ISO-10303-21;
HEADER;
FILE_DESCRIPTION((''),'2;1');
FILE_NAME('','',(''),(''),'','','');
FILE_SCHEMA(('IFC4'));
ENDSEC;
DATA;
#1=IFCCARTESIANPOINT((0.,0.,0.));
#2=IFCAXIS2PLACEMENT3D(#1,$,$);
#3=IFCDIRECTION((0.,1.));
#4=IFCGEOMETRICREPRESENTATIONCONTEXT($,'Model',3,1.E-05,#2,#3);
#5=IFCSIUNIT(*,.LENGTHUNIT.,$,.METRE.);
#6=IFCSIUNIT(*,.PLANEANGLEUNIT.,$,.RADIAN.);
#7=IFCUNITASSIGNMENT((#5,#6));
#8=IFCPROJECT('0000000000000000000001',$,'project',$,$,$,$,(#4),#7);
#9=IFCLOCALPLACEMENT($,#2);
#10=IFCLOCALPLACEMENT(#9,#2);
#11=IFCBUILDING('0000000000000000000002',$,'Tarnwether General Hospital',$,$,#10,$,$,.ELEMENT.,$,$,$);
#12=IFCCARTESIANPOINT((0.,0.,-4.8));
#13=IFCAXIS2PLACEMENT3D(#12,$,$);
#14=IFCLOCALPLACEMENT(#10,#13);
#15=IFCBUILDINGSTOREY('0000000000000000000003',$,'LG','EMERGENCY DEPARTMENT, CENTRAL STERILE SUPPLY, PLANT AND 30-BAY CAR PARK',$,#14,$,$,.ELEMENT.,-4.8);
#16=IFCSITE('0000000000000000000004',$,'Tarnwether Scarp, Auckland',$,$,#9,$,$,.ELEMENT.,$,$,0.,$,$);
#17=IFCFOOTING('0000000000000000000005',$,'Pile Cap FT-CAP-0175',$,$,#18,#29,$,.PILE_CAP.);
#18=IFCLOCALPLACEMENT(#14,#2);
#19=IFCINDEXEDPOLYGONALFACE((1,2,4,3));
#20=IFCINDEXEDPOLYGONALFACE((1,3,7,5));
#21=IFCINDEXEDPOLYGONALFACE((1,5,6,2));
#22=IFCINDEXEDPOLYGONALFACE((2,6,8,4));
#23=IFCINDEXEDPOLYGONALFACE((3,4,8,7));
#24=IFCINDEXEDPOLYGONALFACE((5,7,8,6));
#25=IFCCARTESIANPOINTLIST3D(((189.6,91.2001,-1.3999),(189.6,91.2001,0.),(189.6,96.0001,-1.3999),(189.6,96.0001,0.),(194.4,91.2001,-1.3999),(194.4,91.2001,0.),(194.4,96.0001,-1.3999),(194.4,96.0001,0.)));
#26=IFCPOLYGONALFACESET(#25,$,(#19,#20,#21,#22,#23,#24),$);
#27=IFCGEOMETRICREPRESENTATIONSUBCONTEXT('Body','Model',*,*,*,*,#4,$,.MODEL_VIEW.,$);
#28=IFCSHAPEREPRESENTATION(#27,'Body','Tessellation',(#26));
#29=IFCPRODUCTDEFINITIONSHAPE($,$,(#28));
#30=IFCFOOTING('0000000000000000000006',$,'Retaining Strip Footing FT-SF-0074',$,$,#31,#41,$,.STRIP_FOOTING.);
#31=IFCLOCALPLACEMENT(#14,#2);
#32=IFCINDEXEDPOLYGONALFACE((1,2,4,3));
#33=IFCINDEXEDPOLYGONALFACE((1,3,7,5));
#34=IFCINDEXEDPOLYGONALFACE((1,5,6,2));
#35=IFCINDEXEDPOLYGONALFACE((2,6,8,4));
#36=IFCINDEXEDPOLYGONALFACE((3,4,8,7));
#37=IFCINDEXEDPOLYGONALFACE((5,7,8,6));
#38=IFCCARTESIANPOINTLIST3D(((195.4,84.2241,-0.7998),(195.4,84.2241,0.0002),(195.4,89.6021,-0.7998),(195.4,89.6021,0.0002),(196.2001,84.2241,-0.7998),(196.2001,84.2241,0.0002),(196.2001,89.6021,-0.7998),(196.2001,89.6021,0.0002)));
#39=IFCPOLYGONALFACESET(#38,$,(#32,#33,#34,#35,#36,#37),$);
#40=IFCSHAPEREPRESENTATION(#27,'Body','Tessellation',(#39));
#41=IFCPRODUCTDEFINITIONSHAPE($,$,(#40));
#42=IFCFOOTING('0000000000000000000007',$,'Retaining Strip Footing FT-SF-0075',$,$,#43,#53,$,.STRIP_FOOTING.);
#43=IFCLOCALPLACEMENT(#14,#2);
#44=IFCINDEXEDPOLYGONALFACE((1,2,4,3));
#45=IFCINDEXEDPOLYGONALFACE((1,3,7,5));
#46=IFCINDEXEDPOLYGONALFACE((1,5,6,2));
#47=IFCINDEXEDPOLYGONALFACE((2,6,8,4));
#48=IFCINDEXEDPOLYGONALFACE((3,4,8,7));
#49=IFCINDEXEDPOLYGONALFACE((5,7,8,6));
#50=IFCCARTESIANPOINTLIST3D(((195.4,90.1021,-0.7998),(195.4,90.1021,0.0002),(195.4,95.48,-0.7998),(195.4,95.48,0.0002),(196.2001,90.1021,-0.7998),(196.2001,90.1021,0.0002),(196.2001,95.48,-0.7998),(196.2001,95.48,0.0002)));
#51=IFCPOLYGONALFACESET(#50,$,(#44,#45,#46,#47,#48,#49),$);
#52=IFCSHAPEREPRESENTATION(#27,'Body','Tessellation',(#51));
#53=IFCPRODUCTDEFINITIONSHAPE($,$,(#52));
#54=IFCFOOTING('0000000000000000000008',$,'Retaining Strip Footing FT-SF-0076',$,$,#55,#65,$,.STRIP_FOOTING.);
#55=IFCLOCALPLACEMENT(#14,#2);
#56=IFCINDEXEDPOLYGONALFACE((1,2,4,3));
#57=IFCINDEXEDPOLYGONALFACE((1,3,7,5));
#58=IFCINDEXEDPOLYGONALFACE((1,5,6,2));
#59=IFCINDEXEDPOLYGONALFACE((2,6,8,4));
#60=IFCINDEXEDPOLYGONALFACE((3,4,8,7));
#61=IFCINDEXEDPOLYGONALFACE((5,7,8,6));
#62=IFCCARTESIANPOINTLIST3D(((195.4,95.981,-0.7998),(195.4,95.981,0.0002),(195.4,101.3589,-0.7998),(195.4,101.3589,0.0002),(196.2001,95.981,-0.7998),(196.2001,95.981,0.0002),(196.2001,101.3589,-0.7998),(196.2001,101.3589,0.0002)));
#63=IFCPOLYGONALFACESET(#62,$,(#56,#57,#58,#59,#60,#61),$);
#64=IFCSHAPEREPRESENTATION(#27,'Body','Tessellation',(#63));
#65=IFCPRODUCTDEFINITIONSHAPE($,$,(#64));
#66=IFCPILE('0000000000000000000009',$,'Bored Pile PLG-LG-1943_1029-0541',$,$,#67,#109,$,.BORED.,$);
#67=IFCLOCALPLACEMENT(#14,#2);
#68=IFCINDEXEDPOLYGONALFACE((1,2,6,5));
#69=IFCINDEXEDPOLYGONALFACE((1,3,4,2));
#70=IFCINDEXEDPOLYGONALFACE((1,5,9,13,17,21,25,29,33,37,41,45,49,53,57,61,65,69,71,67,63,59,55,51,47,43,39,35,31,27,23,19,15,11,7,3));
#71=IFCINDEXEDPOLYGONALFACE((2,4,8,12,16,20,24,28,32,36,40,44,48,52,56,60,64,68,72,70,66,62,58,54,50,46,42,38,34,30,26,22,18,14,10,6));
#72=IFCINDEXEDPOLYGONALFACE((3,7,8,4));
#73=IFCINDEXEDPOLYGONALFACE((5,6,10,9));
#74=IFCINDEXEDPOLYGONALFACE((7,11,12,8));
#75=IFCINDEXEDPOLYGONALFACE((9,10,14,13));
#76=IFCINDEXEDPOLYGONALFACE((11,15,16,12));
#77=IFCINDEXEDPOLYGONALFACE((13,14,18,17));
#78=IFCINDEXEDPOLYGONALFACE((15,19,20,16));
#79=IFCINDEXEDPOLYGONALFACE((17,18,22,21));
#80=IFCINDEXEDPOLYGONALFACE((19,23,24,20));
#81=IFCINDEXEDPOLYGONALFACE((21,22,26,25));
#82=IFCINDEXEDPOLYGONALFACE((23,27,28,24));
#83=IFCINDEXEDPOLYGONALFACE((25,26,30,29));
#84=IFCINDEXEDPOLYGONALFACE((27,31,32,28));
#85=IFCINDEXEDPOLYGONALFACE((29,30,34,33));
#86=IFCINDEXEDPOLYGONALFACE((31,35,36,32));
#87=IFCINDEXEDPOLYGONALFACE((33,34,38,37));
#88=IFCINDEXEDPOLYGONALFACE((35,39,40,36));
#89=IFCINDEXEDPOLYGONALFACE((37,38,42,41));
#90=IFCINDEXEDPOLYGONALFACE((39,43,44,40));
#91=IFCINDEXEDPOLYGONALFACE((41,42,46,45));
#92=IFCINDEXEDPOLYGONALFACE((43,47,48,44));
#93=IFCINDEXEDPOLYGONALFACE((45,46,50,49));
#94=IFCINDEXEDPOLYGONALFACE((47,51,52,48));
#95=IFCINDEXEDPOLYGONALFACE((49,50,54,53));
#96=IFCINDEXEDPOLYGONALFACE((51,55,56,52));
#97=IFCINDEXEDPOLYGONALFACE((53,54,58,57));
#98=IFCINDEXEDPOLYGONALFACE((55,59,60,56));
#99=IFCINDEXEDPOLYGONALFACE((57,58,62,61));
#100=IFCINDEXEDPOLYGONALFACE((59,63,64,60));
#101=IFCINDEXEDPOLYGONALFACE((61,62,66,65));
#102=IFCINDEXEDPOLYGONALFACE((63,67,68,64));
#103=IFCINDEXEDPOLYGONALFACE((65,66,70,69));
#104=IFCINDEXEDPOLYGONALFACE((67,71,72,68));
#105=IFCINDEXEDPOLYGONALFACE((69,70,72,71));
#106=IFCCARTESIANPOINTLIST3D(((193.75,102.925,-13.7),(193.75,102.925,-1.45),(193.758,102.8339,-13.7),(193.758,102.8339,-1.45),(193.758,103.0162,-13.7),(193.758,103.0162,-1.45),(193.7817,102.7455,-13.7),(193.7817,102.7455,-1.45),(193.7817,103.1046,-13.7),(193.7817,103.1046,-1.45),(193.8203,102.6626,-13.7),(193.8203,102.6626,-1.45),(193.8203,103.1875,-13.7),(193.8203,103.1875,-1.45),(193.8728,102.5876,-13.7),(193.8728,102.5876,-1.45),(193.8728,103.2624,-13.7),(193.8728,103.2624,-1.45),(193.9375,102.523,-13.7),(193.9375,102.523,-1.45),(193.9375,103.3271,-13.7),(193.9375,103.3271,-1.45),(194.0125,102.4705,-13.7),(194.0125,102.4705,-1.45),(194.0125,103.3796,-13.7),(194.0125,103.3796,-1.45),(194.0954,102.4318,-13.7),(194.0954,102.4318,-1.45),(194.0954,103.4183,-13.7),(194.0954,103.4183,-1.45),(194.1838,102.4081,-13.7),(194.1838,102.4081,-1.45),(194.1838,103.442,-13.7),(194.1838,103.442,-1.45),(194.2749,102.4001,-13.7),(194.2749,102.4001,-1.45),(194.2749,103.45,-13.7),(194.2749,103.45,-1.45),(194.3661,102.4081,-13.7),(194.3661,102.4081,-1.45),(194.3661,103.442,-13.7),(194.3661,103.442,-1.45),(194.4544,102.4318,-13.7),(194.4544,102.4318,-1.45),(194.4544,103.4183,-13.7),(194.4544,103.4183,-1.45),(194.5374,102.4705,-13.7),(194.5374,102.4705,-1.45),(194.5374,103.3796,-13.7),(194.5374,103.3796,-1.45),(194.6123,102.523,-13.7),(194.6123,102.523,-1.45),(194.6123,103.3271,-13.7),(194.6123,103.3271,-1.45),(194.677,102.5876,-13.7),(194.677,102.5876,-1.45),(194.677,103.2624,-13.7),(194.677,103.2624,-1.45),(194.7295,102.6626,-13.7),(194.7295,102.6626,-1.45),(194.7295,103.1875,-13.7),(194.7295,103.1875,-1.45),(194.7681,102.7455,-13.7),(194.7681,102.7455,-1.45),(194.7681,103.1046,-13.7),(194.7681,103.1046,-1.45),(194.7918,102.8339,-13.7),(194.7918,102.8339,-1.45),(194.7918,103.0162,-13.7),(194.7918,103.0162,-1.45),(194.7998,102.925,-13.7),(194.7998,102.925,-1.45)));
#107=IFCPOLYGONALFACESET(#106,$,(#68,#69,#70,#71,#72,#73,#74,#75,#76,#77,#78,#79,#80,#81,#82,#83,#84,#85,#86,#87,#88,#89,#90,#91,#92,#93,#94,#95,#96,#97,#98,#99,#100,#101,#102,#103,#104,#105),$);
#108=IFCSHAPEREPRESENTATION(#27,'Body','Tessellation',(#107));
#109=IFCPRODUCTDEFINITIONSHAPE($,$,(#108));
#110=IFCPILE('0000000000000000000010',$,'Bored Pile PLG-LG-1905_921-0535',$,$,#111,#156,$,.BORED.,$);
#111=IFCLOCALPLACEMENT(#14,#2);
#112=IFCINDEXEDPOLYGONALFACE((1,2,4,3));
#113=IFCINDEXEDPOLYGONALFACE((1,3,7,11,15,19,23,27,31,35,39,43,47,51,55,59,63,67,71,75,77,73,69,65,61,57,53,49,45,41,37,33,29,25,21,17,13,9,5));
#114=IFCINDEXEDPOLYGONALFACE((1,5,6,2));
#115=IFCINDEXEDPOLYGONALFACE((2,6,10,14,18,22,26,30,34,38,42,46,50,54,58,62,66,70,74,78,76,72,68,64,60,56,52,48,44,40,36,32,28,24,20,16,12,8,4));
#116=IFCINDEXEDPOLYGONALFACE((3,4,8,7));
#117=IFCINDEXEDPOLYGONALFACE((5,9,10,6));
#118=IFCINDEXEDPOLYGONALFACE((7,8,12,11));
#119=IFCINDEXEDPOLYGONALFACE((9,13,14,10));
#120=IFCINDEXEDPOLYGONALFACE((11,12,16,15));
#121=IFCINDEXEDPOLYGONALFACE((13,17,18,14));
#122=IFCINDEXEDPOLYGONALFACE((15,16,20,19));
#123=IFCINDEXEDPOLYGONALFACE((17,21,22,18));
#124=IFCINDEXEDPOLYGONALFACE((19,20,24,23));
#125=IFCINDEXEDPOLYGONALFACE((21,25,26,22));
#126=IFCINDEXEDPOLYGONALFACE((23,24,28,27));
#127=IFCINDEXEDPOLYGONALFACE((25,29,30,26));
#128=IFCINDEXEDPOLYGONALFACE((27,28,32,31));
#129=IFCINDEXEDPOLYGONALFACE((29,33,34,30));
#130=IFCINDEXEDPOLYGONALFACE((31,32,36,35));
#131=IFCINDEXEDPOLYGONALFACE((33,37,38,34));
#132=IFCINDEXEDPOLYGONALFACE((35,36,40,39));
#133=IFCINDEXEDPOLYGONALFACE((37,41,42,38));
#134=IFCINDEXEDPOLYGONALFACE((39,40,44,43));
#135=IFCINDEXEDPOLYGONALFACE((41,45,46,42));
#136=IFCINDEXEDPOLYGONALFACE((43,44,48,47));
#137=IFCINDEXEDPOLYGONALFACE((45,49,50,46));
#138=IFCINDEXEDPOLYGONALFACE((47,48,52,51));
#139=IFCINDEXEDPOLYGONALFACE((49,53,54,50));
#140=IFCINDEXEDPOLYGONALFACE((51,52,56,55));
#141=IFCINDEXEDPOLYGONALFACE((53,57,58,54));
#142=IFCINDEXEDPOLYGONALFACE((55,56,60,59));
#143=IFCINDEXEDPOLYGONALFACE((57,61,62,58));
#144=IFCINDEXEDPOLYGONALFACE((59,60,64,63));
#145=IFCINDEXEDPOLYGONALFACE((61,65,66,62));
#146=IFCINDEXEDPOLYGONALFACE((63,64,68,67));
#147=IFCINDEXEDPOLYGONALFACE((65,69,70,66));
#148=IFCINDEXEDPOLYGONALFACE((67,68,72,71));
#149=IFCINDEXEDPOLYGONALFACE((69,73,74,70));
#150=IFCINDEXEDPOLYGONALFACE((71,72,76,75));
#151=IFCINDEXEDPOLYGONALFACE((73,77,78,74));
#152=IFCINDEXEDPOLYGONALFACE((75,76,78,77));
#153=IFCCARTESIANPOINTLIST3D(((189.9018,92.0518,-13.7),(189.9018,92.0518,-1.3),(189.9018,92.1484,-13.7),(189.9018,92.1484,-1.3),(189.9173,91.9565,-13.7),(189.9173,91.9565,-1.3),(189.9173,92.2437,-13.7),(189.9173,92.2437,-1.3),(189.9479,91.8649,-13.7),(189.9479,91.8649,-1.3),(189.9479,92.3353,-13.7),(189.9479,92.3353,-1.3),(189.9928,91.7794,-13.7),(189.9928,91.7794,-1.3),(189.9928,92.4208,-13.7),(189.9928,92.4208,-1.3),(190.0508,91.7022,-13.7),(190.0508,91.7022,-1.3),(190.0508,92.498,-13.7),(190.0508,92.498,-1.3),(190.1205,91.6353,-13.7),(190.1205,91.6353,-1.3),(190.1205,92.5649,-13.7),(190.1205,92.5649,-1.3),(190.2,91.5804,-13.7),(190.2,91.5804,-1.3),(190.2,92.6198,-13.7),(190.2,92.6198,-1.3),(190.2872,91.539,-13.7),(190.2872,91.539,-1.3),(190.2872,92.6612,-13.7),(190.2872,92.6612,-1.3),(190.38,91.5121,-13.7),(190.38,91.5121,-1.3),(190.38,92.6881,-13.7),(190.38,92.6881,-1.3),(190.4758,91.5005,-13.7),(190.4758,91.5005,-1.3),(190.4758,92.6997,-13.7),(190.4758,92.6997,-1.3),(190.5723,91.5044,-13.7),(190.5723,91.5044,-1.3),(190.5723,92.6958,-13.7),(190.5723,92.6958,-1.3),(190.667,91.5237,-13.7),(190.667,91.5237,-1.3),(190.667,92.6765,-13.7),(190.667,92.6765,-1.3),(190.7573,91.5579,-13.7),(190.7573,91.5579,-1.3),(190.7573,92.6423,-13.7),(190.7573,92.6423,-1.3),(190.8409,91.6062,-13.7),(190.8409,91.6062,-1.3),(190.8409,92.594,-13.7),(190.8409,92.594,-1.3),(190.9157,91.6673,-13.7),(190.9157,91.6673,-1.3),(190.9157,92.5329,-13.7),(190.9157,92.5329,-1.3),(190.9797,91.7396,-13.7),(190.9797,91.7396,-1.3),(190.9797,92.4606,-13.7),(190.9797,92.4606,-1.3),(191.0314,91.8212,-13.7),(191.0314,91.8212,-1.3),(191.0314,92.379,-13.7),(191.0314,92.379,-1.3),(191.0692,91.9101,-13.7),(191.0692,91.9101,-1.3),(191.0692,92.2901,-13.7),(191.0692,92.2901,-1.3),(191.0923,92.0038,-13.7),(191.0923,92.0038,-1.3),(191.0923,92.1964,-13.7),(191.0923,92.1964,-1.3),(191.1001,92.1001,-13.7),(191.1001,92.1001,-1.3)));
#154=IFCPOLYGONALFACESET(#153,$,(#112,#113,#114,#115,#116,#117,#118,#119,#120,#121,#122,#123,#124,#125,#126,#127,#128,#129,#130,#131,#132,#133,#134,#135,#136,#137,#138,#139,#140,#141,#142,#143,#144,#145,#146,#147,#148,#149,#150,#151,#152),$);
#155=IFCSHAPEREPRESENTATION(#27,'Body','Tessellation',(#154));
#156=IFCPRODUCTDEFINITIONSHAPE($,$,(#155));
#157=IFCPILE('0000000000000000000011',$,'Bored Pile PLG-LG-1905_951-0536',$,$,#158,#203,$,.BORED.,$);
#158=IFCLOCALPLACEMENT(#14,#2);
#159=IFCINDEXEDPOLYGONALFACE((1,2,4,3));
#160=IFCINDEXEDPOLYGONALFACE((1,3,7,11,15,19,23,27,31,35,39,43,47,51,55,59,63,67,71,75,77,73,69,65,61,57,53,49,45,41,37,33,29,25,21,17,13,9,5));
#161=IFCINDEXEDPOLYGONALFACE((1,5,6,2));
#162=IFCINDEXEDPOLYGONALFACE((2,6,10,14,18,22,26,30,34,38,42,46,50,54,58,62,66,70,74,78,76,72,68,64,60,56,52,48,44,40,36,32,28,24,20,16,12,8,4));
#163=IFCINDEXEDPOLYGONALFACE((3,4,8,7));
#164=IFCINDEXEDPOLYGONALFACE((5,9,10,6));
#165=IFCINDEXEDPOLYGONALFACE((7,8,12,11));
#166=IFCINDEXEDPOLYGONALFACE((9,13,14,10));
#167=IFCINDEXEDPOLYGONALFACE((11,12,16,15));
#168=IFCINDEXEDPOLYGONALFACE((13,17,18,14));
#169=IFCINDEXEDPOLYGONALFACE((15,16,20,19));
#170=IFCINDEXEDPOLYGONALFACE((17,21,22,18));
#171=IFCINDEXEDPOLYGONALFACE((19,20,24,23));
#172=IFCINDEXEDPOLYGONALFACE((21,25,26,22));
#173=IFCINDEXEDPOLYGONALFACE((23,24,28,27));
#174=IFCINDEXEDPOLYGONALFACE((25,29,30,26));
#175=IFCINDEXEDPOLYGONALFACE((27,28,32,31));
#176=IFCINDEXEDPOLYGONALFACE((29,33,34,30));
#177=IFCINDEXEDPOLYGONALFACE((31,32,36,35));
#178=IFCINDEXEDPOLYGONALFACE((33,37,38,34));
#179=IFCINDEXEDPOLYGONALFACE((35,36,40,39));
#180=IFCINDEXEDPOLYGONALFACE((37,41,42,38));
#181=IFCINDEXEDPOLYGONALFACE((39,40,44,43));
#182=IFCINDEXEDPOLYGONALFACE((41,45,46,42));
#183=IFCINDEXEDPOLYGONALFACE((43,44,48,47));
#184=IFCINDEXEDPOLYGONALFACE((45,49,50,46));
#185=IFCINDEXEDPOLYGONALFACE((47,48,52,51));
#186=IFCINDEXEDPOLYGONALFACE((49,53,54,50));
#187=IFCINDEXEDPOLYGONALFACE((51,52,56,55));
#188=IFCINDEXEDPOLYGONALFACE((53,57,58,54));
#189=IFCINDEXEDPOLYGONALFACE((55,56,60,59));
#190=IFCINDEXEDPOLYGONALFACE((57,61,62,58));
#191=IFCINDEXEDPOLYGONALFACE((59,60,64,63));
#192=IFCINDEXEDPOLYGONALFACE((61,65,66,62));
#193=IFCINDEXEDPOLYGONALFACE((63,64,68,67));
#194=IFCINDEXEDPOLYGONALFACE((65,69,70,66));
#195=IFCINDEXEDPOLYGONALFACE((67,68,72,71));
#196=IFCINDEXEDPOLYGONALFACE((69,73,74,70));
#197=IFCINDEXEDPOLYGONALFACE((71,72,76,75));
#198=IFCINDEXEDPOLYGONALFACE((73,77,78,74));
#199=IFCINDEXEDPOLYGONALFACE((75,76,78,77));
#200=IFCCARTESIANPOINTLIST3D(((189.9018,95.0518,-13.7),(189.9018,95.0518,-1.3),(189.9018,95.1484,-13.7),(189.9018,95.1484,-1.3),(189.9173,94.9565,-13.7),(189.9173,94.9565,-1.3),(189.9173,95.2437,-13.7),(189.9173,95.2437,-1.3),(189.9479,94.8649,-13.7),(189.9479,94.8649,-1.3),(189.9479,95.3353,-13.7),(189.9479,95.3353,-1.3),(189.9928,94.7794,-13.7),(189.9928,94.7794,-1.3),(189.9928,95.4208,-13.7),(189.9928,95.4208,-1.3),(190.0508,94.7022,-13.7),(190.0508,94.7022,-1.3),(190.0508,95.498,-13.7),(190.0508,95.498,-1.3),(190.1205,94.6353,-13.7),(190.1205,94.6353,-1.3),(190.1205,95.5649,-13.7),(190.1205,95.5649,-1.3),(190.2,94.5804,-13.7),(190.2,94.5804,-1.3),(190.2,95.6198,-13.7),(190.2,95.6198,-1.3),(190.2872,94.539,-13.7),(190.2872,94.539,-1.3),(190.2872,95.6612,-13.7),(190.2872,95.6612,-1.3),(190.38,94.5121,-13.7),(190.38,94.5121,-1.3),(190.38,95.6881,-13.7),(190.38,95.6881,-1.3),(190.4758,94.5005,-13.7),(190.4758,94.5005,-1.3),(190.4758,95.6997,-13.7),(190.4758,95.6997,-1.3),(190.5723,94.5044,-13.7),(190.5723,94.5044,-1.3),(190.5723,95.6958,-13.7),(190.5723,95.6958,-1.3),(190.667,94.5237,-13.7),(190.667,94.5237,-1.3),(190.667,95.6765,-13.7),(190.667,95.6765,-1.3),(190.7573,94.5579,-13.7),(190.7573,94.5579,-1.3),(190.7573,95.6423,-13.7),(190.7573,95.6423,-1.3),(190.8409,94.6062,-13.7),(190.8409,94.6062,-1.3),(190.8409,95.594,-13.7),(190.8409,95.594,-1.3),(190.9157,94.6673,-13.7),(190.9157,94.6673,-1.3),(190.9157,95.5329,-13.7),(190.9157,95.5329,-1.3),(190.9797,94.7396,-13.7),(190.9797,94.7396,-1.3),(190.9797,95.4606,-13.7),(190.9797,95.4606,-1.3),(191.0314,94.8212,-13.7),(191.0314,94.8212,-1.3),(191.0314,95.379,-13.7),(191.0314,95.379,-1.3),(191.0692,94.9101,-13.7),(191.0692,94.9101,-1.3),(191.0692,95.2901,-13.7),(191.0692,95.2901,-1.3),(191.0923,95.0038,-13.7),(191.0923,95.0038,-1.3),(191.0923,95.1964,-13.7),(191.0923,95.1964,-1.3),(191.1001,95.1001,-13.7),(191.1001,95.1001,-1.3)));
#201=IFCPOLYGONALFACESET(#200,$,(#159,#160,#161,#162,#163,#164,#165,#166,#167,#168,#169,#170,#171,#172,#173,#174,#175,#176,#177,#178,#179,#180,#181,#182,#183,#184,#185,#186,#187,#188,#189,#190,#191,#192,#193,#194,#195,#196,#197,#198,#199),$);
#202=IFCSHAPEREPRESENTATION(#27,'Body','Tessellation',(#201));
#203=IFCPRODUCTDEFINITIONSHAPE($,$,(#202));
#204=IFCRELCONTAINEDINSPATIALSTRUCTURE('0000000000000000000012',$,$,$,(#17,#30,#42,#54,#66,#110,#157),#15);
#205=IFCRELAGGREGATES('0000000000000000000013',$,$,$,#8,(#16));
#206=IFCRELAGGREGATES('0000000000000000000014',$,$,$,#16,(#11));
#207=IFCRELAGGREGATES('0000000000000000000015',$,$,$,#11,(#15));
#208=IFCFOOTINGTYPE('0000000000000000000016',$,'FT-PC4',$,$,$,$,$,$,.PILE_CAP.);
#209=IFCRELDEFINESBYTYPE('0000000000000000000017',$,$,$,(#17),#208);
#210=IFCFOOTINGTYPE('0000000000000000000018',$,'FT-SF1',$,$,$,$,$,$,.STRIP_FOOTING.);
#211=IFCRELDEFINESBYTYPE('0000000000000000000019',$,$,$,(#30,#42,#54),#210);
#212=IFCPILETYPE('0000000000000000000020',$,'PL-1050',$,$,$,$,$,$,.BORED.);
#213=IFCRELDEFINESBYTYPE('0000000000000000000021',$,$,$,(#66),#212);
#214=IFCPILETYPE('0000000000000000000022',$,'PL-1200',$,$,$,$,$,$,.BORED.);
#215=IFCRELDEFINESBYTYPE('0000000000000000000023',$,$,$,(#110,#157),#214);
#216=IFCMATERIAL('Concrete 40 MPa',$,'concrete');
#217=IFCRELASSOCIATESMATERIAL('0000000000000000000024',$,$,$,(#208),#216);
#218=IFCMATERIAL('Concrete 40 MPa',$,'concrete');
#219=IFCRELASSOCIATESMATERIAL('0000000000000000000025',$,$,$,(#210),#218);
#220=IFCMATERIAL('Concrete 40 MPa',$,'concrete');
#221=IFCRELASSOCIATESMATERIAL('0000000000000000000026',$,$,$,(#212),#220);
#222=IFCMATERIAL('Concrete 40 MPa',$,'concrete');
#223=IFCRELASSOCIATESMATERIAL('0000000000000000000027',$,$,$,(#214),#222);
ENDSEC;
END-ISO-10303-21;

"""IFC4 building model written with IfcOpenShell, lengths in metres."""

from ifc_helpers import new_model, si_unit, direction, frame, origin, origin_2d, place, context, subcontext, project, spatial, rectangle, circle, extrude, material, material_profile, profile_set, type_object, element, save


model = new_model("IFC4")

# Units and contexts
model_context = context("Model", 3, precision=1e-05, world=origin(), true_north=direction((0.0, 1.0)))
body_context = subcontext(model_context, "Body", "Model", "MODEL_VIEW")
ifc_project = project(units=[si_unit("LENGTHUNIT", "METRE"), si_unit("PLANEANGLEUNIT", "RADIAN")], contexts=[model_context])

# Site, building, storey
site_placement = place(None, origin())
site = spatial("IfcSite", under=ifc_project, at=site_placement, Name="Tarnwether Scarp, Auckland", CompositionType="ELEMENT", RefElevation=0.0)
building_placement = place(site_placement, origin())
building = spatial("IfcBuilding", under=site, at=building_placement, Name="Tarnwether General Hospital", CompositionType="ELEMENT")
storey_placement = place(building_placement, frame((0.0, 0.0, -4.8)))
storey = spatial("IfcBuildingStorey", under=building, at=storey_placement, Name="LG", Description="EMERGENCY DEPARTMENT, CENTRAL STERILE SUPPLY, PLANT AND 30-BAY CAR PARK", CompositionType="ELEMENT", Elevation=-4.8)

# Footings
ifc_material_1 = material(Name="Concrete 40 MPa", Category="concrete")
footing_type_1 = type_object("IfcFootingType", Name="FT-PC4", PredefinedType="PILE_CAP", material=ifc_material_1)
footing_placement = place(storey_placement, frame((192.0, 93.6001, -1.3999), z_axis=(0.0, 0.0, 1.0), x_axis=(1.0, 0.0, 0.0)))
element("IfcFooting", 1, at=footing_placement, inside=storey, type_object=footing_type_1, Name="Pile Cap FT-CAP-0175", PredefinedType="PILE_CAP", context=body_context, shape_type="SweptSolid", body=[
    extrude(rectangle(XDim=4.8, YDim=4.8, at=origin_2d()), origin(), (0.0, 0.0, 1.0), 1.3999),
])
ifc_material_2 = material(Name="Concrete 40 MPa", Category="concrete")
footing_type_2 = type_object("IfcFootingType", Name="FT-SF1", PredefinedType="STRIP_FOOTING", material=ifc_material_2)
for number, where, z_axis, x_axis, name in (
    (2, (195.8, 86.9131, -0.7998), (0.0, 0.0, 1.0), (0.0, 1.0, 0.0), "Retaining Strip Footing FT-SF-0074"),
    (3, (195.8, 92.791, -0.7998), (0.0, 0.0, 1.0), (0.0, 1.0, 0.0), "Retaining Strip Footing FT-SF-0075"),
    (4, (195.8, 98.6699, -0.7998), (0.0, 0.0, 1.0), (0.0, 1.0, 0.0), "Retaining Strip Footing FT-SF-0076"),
):
    element("IfcFooting", number, at=place(storey_placement, frame(where, z_axis=z_axis, x_axis=x_axis)), inside=storey, type_object=footing_type_2, Name=name, PredefinedType="STRIP_FOOTING", context=body_context, shape_type="SweptSolid", body=[
        extrude(rectangle(XDim=5.3779, YDim=0.8, at=origin_2d()), origin(), (0.0, 0.0, 1.0), 0.8),
    ])

# Piles
ifc_material_3 = material(Name="Concrete 40 MPa", Category="concrete")
ifc_material_profile_1 = material_profile(ifc_material_3, circle(Radius=0.5249, at=origin_2d()), Name="PILE-D1050")
ifc_profile_set_1 = profile_set([ifc_material_profile_1], Name="Concrete 40 MPa")
pile_type_1 = type_object("IfcPileType", Name="PL-1050", PredefinedType="BORED", material=ifc_profile_set_1)
pile_placement = place(storey_placement, frame((194.2749, 102.925, -1.45), z_axis=(0.0, 0.0, -1.0), x_axis=(1.0, 0.0, 0.0)))
element("IfcPile", 5, at=pile_placement, inside=storey, type_object=pile_type_1, Name="Bored Pile PLG-LG-1943_1029-0541", PredefinedType="BORED", context=body_context, shape_type="SweptSolid", body=[
    extrude(circle(Radius=0.5249, at=origin_2d()), origin(), (0.0, 0.0, 1.0), 12.25),
])
ifc_material_4 = material(Name="Concrete 40 MPa", Category="concrete")
ifc_material_profile_2 = material_profile(ifc_material_4, circle(Radius=0.6001, at=origin_2d()), Name="PILE-D1200")
ifc_profile_set_2 = profile_set([ifc_material_profile_2], Name="Concrete 40 MPa")
pile_type_2 = type_object("IfcPileType", Name="PL-1200", PredefinedType="BORED", material=ifc_profile_set_2)
for number, where, z_axis, x_axis, name in (
    (6, (190.5, 92.1001, -1.3), (0.0, 0.0, -1.0), (1.0, 0.0, 0.0), "Bored Pile PLG-LG-1905_921-0535"),
    (7, (190.5, 95.1001, -1.3), (0.0, 0.0, -1.0), (1.0, 0.0, 0.0), "Bored Pile PLG-LG-1905_951-0536"),
):
    element("IfcPile", number, at=place(storey_placement, frame(where, z_axis=z_axis, x_axis=x_axis)), inside=storey, type_object=pile_type_2, Name=name, PredefinedType="BORED", context=body_context, shape_type="SweptSolid", body=[
        extrude(circle(Radius=0.6001, at=origin_2d()), origin(), (0.0, 0.0, 1.0), 12.3999),
    ])

save(model, "model.ifc")
